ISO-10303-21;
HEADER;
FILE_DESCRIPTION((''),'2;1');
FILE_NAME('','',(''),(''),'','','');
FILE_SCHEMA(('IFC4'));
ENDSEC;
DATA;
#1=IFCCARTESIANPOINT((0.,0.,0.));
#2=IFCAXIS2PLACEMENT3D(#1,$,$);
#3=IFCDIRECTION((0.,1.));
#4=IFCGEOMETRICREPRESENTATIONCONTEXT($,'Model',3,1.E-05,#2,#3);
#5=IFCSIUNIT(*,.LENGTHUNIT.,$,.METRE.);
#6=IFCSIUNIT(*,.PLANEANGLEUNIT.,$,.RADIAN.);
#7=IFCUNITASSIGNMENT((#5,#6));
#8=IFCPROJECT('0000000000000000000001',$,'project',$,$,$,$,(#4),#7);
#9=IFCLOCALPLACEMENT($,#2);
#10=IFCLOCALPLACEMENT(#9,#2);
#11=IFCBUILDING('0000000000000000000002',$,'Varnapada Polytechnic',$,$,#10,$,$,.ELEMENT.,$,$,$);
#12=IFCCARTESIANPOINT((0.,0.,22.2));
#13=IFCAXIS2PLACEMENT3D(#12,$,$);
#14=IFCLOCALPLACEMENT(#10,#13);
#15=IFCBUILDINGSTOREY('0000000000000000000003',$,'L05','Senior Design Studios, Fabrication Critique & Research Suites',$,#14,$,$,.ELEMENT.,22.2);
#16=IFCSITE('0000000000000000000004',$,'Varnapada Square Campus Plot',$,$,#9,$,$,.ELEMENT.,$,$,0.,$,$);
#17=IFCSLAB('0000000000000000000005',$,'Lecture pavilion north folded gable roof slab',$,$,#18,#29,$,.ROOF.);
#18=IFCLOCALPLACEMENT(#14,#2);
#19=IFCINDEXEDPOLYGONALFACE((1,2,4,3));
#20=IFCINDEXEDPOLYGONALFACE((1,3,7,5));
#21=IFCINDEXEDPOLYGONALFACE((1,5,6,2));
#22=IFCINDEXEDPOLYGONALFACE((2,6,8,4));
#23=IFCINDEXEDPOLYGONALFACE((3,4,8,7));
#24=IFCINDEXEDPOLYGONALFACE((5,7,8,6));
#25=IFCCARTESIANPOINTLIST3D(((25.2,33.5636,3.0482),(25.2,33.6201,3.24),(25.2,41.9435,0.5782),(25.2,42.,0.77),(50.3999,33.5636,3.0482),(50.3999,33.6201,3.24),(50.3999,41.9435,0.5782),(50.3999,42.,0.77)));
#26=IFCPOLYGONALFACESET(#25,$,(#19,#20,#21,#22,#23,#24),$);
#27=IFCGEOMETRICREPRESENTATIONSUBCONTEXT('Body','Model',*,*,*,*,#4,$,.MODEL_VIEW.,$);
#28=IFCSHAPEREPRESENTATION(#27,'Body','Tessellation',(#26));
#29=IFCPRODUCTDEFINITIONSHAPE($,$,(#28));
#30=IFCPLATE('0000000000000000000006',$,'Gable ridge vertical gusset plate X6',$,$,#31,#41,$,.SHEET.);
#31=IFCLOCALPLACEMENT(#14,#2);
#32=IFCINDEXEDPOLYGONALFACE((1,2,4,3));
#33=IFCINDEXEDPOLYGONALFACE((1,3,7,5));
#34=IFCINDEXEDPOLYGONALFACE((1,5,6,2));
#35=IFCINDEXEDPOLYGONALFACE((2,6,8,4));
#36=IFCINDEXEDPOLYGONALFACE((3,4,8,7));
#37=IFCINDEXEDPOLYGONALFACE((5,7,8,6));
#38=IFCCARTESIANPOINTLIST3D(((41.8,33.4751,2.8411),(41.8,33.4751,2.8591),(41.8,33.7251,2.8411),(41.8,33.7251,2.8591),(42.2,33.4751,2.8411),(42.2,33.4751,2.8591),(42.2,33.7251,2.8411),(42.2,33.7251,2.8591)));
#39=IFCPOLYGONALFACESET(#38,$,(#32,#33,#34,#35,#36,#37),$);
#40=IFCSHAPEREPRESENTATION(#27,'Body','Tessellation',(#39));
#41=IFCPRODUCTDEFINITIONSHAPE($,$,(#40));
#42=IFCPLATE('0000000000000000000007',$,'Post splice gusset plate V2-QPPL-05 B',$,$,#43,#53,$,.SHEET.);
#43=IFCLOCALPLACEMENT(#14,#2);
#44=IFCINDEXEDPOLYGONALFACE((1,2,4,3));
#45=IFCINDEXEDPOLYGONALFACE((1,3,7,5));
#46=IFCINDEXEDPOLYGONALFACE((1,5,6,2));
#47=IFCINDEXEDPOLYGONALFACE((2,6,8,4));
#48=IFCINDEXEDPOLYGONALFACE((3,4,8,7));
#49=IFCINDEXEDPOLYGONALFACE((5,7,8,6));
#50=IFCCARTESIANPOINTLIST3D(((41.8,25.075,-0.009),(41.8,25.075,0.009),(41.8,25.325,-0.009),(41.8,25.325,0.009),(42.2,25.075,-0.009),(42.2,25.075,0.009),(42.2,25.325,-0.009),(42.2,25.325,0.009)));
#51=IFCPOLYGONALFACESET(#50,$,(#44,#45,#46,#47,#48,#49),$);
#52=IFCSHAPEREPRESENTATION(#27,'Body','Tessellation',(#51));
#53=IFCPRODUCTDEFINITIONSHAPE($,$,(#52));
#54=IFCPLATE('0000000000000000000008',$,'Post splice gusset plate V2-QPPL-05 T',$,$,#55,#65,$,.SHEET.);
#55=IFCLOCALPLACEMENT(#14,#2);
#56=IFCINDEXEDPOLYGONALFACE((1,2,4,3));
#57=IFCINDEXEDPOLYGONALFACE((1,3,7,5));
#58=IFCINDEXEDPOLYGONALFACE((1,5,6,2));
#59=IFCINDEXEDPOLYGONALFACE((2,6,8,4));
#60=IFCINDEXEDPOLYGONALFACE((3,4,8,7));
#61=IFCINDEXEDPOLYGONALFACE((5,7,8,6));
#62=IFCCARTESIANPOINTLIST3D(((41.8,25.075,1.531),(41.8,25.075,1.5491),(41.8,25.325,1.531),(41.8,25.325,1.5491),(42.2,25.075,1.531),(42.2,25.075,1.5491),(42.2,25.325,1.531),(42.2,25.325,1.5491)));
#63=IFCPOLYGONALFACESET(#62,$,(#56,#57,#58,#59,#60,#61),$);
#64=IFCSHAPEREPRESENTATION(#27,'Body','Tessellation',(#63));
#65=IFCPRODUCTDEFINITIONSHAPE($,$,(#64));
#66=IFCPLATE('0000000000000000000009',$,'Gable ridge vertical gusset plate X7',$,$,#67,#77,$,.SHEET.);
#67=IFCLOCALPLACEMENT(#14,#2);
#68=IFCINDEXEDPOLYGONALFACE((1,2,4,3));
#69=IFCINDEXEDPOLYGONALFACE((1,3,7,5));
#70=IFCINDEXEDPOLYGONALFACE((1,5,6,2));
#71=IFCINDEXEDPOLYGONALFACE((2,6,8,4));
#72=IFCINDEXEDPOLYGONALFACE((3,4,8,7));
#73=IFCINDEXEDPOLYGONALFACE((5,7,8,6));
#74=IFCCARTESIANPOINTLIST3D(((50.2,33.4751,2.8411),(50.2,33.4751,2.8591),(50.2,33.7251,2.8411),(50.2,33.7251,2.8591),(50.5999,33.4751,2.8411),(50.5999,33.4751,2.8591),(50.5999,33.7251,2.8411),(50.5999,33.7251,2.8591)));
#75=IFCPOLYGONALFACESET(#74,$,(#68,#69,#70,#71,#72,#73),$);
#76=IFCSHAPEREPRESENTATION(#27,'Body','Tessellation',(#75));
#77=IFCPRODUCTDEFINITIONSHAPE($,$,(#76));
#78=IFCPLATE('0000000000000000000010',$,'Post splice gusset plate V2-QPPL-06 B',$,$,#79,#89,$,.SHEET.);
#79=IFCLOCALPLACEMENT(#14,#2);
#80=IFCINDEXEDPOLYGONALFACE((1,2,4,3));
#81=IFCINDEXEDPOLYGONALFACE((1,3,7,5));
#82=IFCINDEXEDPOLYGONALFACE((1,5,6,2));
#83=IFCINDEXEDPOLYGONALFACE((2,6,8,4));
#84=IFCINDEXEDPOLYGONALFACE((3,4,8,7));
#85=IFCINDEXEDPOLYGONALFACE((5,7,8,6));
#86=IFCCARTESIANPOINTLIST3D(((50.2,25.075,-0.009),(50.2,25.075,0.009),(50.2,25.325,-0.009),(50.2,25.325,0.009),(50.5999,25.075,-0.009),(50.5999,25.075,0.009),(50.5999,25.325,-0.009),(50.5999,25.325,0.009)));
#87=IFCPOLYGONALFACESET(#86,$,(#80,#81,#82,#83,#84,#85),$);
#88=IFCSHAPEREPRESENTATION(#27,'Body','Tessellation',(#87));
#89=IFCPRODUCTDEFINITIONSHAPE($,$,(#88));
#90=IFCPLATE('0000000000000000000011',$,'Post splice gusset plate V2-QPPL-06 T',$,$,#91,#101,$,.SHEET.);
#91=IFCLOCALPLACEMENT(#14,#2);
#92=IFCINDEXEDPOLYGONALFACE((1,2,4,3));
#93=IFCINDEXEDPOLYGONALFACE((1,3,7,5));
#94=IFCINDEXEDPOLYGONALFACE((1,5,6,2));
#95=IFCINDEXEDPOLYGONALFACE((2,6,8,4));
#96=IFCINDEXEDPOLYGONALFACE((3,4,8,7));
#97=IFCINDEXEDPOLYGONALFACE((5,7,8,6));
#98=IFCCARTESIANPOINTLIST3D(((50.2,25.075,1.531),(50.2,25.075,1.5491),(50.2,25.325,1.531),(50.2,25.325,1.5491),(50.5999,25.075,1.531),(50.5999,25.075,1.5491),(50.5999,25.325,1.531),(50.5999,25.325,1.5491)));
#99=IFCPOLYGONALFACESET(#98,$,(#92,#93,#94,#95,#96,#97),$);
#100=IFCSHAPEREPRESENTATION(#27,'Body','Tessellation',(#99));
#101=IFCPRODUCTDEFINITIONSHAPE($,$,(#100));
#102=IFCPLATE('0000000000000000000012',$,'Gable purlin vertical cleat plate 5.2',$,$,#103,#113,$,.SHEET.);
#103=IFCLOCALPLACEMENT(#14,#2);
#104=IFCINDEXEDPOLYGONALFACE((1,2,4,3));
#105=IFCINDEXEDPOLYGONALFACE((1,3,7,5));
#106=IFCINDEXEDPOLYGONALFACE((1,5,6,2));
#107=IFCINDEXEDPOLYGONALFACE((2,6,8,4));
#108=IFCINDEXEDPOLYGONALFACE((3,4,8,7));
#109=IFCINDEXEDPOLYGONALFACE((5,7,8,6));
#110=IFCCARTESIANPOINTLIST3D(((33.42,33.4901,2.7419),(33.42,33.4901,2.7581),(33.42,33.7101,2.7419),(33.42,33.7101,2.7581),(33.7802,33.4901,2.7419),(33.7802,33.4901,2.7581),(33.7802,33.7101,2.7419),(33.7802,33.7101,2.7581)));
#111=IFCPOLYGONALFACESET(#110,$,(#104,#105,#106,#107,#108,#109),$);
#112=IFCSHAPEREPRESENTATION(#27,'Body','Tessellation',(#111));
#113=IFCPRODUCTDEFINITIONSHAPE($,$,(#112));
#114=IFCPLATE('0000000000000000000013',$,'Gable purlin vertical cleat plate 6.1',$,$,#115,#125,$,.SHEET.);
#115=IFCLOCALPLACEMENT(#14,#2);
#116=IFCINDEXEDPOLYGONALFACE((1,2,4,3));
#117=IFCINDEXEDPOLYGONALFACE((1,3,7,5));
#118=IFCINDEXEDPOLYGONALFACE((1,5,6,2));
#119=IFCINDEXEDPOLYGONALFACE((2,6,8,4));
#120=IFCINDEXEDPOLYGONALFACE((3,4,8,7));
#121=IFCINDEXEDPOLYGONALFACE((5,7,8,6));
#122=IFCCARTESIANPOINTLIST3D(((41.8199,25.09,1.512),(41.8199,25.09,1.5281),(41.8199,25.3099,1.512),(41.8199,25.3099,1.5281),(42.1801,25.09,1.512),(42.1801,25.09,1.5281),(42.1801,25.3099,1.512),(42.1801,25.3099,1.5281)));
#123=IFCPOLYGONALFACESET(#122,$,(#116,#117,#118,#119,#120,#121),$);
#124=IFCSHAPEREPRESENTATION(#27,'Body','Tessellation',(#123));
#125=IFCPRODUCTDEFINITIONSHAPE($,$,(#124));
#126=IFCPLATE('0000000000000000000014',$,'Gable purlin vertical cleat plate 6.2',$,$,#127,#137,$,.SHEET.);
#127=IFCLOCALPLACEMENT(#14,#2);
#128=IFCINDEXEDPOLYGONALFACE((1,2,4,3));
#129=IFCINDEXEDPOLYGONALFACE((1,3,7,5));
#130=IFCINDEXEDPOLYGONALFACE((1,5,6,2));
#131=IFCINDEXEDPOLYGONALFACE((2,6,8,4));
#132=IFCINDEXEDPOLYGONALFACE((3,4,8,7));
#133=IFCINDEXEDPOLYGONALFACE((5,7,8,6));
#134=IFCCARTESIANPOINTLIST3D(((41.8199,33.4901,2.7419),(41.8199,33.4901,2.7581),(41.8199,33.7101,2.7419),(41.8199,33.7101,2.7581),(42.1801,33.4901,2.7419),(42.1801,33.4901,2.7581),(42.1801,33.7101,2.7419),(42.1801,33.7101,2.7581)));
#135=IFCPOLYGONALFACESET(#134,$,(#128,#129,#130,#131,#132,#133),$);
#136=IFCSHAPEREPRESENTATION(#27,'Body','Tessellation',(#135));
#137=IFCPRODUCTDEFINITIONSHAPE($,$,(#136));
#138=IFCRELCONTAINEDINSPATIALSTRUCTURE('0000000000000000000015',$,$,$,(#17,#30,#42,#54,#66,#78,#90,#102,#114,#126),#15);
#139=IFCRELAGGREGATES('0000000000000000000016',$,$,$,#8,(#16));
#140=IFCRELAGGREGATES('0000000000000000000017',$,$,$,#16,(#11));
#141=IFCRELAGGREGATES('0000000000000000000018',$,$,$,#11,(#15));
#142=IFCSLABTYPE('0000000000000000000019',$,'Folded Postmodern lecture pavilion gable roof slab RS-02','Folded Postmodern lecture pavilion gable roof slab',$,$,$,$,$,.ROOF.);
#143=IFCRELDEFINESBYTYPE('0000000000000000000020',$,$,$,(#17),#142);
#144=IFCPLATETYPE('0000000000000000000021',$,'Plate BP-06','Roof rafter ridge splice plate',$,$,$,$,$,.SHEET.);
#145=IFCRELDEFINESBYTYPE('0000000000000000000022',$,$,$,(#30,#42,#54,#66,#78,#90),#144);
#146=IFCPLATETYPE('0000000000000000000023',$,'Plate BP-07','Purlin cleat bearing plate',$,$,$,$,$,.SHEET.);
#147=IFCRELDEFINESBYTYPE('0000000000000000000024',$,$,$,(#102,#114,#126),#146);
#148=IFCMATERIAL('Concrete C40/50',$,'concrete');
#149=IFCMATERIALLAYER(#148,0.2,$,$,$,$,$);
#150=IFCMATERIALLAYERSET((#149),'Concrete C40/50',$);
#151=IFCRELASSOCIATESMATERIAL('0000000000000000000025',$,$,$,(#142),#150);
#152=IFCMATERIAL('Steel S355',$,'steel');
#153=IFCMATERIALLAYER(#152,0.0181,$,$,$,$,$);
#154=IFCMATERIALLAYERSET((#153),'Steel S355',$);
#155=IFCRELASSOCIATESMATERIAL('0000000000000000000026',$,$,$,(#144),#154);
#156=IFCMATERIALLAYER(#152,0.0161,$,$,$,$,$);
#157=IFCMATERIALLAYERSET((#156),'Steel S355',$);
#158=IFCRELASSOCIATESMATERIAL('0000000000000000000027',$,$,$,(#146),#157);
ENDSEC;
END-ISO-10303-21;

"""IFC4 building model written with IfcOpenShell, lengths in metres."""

from ifc_helpers import new_model, si_unit, direction, frame, origin, origin_2d, place, context, subcontext, project, spatial, polyline, rectangle, outline, extrude, material, layer, layer_set, type_object, element, save


model = new_model("IFC4")

# Units and contexts
model_context = context("Model", 3, precision=1e-05, world=origin(), true_north=direction((0.0, 1.0)))
body_context = subcontext(model_context, "Body", "Model", "MODEL_VIEW")
ifc_project = project(units=[si_unit("LENGTHUNIT", "METRE"), si_unit("PLANEANGLEUNIT", "RADIAN")], contexts=[model_context])

# Site, building, storey
site_placement = place(None, origin())
site = spatial("IfcSite", under=ifc_project, at=site_placement, Name="Varnapada Square Campus Plot", CompositionType="ELEMENT", RefElevation=0.0)
building_placement = place(site_placement, origin())
building = spatial("IfcBuilding", under=site, at=building_placement, Name="Varnapada Polytechnic", CompositionType="ELEMENT")
storey_placement = place(building_placement, frame((0.0, 0.0, 22.2)))
storey = spatial("IfcBuildingStorey", under=building, at=storey_placement, Name="L05", Description="Senior Design Studios, Fabrication Critique & Research Suites", CompositionType="ELEMENT", Elevation=22.2)

# Shared definitions
ifc_material_1 = material(Name="Steel S355", Category="steel")

# Slab
ifc_material_2 = material(Name="Concrete C40/50", Category="concrete")
ifc_layer_1 = layer(ifc_material_2, 0.2)
ifc_layer_set_1 = layer_set([ifc_layer_1], Name="Concrete C40/50")
slab_type = type_object("IfcSlabType", Name="Folded Postmodern lecture pavilion gable roof slab RS-02", Description="Folded Postmodern lecture pavilion gable roof slab", PredefinedType="ROOF", material=ifc_layer_set_1)
slab_placement = place(storey_placement, frame((50.3999, 42.0, 0.77), z_axis=(0.0, 0.282725, 0.959201), x_axis=(-1.0, 0.0, 0.0)))
element("IfcSlab", 1, at=slab_placement, inside=storey, type_object=slab_type, Name="Lecture pavilion north folded gable roof slab", PredefinedType="ROOF", context=body_context, shape_type="SweptSolid", body=[
    extrude(outline(polyline([(0.0, 0.0), (25.2, 0.0), (25.2, 8.7363), (0.0, 8.7363), (0.0, 0.0)])), origin(), (0.0, 0.0, -1.0), 0.2),
])

# Plates
ifc_layer_2 = layer(ifc_material_1, 0.0181)
ifc_layer_set_2 = layer_set([ifc_layer_2], Name="Steel S355")
plate_type_1 = type_object("IfcPlateType", Name="Plate BP-06", Description="Roof rafter ridge splice plate", PredefinedType="SHEET", material=ifc_layer_set_2)
for number, where, z_axis, x_axis, name in (
    (2, (42.0, 33.6001, 2.8411), (0.0, 0.0, 1.0), (1.0, 0.0, 0.0), "Gable ridge vertical gusset plate X6"),
    (3, (42.0, 25.2, -0.009), (0.0, 0.0, 1.0), (1.0, 0.0, 0.0), "Post splice gusset plate V2-QPPL-05 B"),
    (4, (42.0, 25.2, 1.531), (0.0, 0.0, 1.0), (1.0, 0.0, 0.0), "Post splice gusset plate V2-QPPL-05 T"),
    (5, (50.3999, 33.6001, 2.8411), (0.0, 0.0, 1.0), (1.0, 0.0, 0.0), "Gable ridge vertical gusset plate X7"),
    (6, (50.3999, 25.2, -0.009), (0.0, 0.0, 1.0), (1.0, 0.0, 0.0), "Post splice gusset plate V2-QPPL-06 B"),
    (7, (50.3999, 25.2, 1.531), (0.0, 0.0, 1.0), (1.0, 0.0, 0.0), "Post splice gusset plate V2-QPPL-06 T"),
):
    element("IfcPlate", number, at=place(storey_placement, frame(where, z_axis=z_axis, x_axis=x_axis)), inside=storey, type_object=plate_type_1, Name=name, PredefinedType="SHEET", context=body_context, shape_type="SweptSolid", body=[
        extrude(rectangle(XDim=0.3999, YDim=0.25, at=origin_2d()), origin(), (0.0, 0.0, 1.0), 0.0181),
    ])
ifc_layer_3 = layer(ifc_material_1, 0.0161)
ifc_layer_set_3 = layer_set([ifc_layer_3], Name="Steel S355")
plate_type_2 = type_object("IfcPlateType", Name="Plate BP-07", Description="Purlin cleat bearing plate", PredefinedType="SHEET", material=ifc_layer_set_3)
for number, where, z_axis, x_axis, name in (
    (8, (33.6001, 33.6001, 2.7419), (0.0, 0.0, 1.0), (1.0, 0.0, 0.0), "Gable purlin vertical cleat plate 5.2"),
    (9, (42.0, 25.2, 1.512), (0.0, 0.0, 1.0), (1.0, 0.0, 0.0), "Gable purlin vertical cleat plate 6.1"),
    (10, (42.0, 33.6001, 2.7419), (0.0, 0.0, 1.0), (1.0, 0.0, 0.0), "Gable purlin vertical cleat plate 6.2"),
):
    element("IfcPlate", number, at=place(storey_placement, frame(where, z_axis=z_axis, x_axis=x_axis)), inside=storey, type_object=plate_type_2, Name=name, PredefinedType="SHEET", context=body_context, shape_type="SweptSolid", body=[
        extrude(rectangle(XDim=0.3601, YDim=0.22, at=origin_2d()), origin(), (0.0, 0.0, 1.0), 0.0161),
    ])

save(model, "model.ifc")
